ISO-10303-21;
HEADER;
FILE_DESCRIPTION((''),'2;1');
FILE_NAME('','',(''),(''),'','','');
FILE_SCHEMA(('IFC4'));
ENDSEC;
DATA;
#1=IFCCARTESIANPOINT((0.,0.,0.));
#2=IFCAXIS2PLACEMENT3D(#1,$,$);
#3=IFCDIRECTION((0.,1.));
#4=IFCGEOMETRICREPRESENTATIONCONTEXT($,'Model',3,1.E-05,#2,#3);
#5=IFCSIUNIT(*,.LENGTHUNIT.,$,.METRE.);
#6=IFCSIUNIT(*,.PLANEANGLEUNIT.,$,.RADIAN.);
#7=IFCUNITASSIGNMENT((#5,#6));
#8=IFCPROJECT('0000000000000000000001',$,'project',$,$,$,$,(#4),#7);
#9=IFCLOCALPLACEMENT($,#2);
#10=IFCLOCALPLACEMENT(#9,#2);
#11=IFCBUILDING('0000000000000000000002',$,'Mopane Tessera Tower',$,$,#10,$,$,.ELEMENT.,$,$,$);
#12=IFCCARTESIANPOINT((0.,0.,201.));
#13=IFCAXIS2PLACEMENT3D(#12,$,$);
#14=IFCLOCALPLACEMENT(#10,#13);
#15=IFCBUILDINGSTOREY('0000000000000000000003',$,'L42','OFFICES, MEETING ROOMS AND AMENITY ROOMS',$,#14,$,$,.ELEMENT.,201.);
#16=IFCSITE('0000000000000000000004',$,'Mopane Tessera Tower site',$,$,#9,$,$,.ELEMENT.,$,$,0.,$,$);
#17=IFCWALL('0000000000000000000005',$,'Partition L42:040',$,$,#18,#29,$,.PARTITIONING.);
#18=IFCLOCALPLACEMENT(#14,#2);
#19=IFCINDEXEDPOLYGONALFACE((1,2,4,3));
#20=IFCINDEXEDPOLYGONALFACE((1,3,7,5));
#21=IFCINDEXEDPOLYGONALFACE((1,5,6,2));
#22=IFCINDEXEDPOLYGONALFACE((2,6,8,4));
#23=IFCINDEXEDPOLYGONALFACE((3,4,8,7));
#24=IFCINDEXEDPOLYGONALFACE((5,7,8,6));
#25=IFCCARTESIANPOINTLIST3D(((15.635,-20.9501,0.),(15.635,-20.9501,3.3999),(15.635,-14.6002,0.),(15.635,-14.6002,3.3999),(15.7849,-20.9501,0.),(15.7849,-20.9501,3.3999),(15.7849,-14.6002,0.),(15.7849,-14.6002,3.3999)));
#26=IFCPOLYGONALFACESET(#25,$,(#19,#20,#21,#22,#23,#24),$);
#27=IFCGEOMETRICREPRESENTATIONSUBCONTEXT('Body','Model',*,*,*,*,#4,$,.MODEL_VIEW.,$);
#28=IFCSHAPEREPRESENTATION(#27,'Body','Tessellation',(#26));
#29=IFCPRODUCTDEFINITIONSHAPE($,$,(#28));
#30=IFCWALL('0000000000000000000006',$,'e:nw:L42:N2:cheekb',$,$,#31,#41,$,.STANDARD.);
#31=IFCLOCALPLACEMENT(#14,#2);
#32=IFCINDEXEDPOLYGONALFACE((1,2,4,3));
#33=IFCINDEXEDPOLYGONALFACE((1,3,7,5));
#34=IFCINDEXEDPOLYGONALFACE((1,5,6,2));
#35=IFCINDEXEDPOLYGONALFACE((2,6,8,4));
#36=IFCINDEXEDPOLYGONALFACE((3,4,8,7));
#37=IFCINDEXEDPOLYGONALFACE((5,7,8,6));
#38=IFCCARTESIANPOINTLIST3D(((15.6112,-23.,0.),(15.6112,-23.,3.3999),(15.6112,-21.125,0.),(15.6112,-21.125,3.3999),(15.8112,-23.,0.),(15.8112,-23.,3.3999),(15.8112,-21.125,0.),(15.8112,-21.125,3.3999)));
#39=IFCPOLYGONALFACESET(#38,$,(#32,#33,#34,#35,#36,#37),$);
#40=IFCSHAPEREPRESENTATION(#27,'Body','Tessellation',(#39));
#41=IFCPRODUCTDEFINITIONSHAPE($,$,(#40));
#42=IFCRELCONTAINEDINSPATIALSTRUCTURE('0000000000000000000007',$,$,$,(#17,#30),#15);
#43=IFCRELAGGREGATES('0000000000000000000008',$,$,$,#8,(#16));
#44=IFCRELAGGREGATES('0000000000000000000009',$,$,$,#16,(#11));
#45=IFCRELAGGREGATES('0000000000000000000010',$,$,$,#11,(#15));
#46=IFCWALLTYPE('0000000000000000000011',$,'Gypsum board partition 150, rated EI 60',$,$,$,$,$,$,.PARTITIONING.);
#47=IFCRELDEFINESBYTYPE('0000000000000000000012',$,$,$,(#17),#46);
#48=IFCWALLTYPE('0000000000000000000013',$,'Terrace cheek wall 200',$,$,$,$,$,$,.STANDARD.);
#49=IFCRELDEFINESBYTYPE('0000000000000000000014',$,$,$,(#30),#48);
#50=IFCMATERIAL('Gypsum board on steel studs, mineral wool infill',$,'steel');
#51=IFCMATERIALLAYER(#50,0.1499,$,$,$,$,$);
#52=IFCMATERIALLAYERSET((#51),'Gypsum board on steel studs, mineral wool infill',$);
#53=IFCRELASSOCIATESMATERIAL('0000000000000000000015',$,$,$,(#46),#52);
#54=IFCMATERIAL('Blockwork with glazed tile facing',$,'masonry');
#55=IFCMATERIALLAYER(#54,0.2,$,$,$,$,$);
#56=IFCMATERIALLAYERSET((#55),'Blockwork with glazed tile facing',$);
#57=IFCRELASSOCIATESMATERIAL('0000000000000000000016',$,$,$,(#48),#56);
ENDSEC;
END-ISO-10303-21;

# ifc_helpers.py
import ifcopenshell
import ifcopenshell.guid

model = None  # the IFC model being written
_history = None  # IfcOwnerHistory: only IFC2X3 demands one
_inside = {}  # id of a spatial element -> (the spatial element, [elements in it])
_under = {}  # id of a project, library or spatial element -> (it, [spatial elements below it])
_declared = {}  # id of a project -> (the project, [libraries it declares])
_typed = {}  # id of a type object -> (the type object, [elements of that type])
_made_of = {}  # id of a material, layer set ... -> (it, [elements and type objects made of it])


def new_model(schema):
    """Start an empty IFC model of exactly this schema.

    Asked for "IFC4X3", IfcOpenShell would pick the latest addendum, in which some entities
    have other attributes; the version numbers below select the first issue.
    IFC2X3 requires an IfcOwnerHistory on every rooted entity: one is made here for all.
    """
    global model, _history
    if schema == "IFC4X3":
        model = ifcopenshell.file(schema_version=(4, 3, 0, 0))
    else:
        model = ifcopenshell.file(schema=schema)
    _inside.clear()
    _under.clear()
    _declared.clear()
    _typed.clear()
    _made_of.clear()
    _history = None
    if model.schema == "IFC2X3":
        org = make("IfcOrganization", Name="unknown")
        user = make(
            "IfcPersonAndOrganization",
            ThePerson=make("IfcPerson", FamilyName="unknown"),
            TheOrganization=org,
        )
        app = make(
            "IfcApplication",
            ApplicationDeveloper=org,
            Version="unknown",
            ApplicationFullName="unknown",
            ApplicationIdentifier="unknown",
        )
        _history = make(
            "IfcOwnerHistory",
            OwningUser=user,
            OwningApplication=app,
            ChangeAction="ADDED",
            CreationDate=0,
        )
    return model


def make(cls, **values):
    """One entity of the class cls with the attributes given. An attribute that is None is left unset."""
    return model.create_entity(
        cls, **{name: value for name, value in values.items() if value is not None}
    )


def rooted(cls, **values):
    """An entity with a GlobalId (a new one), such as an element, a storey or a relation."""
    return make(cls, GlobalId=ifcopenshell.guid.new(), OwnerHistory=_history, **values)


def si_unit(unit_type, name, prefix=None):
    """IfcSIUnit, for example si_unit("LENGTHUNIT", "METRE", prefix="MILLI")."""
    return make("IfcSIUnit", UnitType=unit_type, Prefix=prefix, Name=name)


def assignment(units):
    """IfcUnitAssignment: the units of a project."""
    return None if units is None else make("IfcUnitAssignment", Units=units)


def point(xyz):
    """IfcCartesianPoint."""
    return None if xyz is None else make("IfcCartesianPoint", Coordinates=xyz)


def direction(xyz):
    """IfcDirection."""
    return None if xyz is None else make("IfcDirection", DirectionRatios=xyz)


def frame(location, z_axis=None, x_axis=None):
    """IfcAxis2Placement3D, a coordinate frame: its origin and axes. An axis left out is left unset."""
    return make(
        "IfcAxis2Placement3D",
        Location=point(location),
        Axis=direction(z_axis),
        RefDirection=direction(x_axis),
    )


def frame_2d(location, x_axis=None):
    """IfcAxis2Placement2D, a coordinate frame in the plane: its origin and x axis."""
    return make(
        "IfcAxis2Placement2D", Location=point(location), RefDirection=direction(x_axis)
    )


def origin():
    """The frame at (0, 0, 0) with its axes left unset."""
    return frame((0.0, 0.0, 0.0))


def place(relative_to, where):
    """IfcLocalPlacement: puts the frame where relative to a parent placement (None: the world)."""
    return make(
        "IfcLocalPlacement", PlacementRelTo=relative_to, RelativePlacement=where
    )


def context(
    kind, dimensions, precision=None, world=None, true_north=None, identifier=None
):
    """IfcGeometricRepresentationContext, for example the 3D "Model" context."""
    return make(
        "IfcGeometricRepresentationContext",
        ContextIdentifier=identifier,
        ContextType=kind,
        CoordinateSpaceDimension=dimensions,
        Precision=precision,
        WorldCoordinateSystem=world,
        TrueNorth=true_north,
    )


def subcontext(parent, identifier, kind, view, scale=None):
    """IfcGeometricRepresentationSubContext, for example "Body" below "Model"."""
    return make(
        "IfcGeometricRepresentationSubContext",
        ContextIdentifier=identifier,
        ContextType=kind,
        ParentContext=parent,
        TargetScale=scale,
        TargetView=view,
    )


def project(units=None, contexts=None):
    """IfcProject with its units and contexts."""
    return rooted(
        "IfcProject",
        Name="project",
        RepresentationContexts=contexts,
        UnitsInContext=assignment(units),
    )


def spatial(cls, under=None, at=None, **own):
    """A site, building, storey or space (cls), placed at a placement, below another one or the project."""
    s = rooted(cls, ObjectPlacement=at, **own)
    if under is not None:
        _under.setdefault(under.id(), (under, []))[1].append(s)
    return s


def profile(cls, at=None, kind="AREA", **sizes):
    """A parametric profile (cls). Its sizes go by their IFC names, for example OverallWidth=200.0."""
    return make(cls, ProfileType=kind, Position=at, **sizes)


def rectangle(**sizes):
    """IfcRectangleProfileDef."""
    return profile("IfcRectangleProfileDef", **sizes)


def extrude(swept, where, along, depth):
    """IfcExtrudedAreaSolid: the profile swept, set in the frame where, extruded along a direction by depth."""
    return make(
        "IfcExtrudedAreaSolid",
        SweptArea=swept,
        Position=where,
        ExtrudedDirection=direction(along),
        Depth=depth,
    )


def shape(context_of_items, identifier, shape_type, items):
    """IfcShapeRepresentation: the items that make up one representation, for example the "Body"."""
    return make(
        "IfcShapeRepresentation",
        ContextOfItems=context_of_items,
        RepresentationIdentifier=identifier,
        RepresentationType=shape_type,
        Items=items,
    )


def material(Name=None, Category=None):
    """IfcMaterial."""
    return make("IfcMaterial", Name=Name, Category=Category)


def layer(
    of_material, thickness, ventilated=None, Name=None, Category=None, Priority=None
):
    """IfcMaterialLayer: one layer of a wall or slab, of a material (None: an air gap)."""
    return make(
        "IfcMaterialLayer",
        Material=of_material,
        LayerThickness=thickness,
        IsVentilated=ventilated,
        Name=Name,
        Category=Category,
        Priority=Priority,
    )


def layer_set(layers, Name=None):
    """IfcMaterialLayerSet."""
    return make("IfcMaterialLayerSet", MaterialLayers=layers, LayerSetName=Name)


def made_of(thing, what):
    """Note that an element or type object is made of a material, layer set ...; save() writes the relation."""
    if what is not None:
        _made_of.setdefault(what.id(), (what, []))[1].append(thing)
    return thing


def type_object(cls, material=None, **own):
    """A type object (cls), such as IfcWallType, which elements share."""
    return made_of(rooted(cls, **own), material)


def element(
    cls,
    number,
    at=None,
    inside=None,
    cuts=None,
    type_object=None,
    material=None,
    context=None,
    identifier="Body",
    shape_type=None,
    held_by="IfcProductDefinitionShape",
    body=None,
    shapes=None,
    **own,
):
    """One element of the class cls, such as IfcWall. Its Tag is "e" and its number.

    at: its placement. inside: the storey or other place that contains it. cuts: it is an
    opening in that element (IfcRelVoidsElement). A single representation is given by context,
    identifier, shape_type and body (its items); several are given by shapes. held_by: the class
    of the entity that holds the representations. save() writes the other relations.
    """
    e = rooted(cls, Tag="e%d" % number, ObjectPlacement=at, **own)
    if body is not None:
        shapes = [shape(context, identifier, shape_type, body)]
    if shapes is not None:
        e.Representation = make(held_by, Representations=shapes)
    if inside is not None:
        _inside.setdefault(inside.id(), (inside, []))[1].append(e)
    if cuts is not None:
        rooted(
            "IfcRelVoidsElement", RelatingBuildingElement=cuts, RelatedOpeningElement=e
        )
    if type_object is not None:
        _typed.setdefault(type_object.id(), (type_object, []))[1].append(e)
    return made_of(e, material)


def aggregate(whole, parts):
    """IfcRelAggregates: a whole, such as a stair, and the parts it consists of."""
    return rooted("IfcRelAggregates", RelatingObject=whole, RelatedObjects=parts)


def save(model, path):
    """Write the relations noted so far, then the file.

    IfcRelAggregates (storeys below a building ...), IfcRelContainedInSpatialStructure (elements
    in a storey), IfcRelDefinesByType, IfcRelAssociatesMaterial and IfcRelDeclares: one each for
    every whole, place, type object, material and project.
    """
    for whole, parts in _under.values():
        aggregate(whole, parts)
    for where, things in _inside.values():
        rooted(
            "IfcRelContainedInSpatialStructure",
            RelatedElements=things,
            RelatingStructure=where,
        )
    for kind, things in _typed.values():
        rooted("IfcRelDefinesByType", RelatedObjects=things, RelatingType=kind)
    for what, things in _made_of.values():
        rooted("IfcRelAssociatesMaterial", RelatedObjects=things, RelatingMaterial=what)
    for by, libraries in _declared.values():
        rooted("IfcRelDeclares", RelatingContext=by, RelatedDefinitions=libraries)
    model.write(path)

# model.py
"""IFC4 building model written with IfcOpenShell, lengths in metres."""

from ifc_helpers import new_model, si_unit, direction, frame, frame_2d, origin, place, context, subcontext, project, spatial, rectangle, extrude, material, layer, layer_set, type_object, element, save


model = new_model("IFC4")

# Units and contexts
model_context = context("Model", 3, precision=1e-05, world=origin(), true_north=direction((0.0, 1.0)))
body_context = subcontext(model_context, "Body", "Model", "MODEL_VIEW")
ifc_project = project(units=[si_unit("LENGTHUNIT", "METRE"), si_unit("PLANEANGLEUNIT", "RADIAN")], contexts=[model_context])

# Site, building, storey
site_placement = place(None, origin())
site = spatial("IfcSite", under=ifc_project, at=site_placement, Name="Mopane Tessera Tower site", CompositionType="ELEMENT", RefElevation=0.0)
building_placement = place(site_placement, origin())
building = spatial("IfcBuilding", under=site, at=building_placement, Name="Mopane Tessera Tower", CompositionType="ELEMENT")
storey_placement = place(building_placement, frame((0.0, 0.0, 201.0)))
storey = spatial("IfcBuildingStorey", under=building, at=storey_placement, Name="L42", Description="OFFICES, MEETING ROOMS AND AMENITY ROOMS", CompositionType="ELEMENT", Elevation=201.0)

# Walls
ifc_material_1 = material(Name="Gypsum board on steel studs, mineral wool infill", Category="steel")
ifc_layer_1 = layer(ifc_material_1, 0.1499)
ifc_layer_set_1 = layer_set([ifc_layer_1], Name="Gypsum board on steel studs, mineral wool infill")
wall_type_1 = type_object("IfcWallType", Name="Gypsum board partition 150, rated EI 60", PredefinedType="PARTITIONING", material=ifc_layer_set_1)
wall_1_placement = place(storey_placement, frame((15.71, -20.95, 0.0), z_axis=(0.0, 0.0, 1.0), x_axis=(0.0, 1.0, 0.0)))
element("IfcWall", 1, at=wall_1_placement, inside=storey, type_object=wall_type_1, Name="Partition L42:040", PredefinedType="PARTITIONING", context=body_context, shape_type="SweptSolid", body=[
    extrude(rectangle(XDim=6.3499, YDim=0.1499, at=frame_2d((3.1748, 0.0))), origin(), (0.0, 0.0, 1.0), 3.3999),
])
ifc_material_2 = material(Name="Blockwork with glazed tile facing", Category="masonry")
ifc_layer_2 = layer(ifc_material_2, 0.2)
ifc_layer_set_2 = layer_set([ifc_layer_2], Name="Blockwork with glazed tile facing")
wall_type_2 = type_object("IfcWallType", Name="Terrace cheek wall 200", PredefinedType="STANDARD", material=ifc_layer_set_2)
wall_2_placement = place(storey_placement, frame((15.7112, -23.0, 0.0), z_axis=(0.0, 0.0, 1.0), x_axis=(0.0, 1.0, 0.0)))
element("IfcWall", 2, at=wall_2_placement, inside=storey, type_object=wall_type_2, Name="e:nw:L42:N2:cheekb", PredefinedType="STANDARD", context=body_context, shape_type="SweptSolid", body=[
    extrude(rectangle(XDim=1.875, YDim=0.2, at=frame_2d((0.9375, 0.0))), origin(), (0.0, 0.0, 1.0), 3.3999),
])

save(model, "model.ifc")
